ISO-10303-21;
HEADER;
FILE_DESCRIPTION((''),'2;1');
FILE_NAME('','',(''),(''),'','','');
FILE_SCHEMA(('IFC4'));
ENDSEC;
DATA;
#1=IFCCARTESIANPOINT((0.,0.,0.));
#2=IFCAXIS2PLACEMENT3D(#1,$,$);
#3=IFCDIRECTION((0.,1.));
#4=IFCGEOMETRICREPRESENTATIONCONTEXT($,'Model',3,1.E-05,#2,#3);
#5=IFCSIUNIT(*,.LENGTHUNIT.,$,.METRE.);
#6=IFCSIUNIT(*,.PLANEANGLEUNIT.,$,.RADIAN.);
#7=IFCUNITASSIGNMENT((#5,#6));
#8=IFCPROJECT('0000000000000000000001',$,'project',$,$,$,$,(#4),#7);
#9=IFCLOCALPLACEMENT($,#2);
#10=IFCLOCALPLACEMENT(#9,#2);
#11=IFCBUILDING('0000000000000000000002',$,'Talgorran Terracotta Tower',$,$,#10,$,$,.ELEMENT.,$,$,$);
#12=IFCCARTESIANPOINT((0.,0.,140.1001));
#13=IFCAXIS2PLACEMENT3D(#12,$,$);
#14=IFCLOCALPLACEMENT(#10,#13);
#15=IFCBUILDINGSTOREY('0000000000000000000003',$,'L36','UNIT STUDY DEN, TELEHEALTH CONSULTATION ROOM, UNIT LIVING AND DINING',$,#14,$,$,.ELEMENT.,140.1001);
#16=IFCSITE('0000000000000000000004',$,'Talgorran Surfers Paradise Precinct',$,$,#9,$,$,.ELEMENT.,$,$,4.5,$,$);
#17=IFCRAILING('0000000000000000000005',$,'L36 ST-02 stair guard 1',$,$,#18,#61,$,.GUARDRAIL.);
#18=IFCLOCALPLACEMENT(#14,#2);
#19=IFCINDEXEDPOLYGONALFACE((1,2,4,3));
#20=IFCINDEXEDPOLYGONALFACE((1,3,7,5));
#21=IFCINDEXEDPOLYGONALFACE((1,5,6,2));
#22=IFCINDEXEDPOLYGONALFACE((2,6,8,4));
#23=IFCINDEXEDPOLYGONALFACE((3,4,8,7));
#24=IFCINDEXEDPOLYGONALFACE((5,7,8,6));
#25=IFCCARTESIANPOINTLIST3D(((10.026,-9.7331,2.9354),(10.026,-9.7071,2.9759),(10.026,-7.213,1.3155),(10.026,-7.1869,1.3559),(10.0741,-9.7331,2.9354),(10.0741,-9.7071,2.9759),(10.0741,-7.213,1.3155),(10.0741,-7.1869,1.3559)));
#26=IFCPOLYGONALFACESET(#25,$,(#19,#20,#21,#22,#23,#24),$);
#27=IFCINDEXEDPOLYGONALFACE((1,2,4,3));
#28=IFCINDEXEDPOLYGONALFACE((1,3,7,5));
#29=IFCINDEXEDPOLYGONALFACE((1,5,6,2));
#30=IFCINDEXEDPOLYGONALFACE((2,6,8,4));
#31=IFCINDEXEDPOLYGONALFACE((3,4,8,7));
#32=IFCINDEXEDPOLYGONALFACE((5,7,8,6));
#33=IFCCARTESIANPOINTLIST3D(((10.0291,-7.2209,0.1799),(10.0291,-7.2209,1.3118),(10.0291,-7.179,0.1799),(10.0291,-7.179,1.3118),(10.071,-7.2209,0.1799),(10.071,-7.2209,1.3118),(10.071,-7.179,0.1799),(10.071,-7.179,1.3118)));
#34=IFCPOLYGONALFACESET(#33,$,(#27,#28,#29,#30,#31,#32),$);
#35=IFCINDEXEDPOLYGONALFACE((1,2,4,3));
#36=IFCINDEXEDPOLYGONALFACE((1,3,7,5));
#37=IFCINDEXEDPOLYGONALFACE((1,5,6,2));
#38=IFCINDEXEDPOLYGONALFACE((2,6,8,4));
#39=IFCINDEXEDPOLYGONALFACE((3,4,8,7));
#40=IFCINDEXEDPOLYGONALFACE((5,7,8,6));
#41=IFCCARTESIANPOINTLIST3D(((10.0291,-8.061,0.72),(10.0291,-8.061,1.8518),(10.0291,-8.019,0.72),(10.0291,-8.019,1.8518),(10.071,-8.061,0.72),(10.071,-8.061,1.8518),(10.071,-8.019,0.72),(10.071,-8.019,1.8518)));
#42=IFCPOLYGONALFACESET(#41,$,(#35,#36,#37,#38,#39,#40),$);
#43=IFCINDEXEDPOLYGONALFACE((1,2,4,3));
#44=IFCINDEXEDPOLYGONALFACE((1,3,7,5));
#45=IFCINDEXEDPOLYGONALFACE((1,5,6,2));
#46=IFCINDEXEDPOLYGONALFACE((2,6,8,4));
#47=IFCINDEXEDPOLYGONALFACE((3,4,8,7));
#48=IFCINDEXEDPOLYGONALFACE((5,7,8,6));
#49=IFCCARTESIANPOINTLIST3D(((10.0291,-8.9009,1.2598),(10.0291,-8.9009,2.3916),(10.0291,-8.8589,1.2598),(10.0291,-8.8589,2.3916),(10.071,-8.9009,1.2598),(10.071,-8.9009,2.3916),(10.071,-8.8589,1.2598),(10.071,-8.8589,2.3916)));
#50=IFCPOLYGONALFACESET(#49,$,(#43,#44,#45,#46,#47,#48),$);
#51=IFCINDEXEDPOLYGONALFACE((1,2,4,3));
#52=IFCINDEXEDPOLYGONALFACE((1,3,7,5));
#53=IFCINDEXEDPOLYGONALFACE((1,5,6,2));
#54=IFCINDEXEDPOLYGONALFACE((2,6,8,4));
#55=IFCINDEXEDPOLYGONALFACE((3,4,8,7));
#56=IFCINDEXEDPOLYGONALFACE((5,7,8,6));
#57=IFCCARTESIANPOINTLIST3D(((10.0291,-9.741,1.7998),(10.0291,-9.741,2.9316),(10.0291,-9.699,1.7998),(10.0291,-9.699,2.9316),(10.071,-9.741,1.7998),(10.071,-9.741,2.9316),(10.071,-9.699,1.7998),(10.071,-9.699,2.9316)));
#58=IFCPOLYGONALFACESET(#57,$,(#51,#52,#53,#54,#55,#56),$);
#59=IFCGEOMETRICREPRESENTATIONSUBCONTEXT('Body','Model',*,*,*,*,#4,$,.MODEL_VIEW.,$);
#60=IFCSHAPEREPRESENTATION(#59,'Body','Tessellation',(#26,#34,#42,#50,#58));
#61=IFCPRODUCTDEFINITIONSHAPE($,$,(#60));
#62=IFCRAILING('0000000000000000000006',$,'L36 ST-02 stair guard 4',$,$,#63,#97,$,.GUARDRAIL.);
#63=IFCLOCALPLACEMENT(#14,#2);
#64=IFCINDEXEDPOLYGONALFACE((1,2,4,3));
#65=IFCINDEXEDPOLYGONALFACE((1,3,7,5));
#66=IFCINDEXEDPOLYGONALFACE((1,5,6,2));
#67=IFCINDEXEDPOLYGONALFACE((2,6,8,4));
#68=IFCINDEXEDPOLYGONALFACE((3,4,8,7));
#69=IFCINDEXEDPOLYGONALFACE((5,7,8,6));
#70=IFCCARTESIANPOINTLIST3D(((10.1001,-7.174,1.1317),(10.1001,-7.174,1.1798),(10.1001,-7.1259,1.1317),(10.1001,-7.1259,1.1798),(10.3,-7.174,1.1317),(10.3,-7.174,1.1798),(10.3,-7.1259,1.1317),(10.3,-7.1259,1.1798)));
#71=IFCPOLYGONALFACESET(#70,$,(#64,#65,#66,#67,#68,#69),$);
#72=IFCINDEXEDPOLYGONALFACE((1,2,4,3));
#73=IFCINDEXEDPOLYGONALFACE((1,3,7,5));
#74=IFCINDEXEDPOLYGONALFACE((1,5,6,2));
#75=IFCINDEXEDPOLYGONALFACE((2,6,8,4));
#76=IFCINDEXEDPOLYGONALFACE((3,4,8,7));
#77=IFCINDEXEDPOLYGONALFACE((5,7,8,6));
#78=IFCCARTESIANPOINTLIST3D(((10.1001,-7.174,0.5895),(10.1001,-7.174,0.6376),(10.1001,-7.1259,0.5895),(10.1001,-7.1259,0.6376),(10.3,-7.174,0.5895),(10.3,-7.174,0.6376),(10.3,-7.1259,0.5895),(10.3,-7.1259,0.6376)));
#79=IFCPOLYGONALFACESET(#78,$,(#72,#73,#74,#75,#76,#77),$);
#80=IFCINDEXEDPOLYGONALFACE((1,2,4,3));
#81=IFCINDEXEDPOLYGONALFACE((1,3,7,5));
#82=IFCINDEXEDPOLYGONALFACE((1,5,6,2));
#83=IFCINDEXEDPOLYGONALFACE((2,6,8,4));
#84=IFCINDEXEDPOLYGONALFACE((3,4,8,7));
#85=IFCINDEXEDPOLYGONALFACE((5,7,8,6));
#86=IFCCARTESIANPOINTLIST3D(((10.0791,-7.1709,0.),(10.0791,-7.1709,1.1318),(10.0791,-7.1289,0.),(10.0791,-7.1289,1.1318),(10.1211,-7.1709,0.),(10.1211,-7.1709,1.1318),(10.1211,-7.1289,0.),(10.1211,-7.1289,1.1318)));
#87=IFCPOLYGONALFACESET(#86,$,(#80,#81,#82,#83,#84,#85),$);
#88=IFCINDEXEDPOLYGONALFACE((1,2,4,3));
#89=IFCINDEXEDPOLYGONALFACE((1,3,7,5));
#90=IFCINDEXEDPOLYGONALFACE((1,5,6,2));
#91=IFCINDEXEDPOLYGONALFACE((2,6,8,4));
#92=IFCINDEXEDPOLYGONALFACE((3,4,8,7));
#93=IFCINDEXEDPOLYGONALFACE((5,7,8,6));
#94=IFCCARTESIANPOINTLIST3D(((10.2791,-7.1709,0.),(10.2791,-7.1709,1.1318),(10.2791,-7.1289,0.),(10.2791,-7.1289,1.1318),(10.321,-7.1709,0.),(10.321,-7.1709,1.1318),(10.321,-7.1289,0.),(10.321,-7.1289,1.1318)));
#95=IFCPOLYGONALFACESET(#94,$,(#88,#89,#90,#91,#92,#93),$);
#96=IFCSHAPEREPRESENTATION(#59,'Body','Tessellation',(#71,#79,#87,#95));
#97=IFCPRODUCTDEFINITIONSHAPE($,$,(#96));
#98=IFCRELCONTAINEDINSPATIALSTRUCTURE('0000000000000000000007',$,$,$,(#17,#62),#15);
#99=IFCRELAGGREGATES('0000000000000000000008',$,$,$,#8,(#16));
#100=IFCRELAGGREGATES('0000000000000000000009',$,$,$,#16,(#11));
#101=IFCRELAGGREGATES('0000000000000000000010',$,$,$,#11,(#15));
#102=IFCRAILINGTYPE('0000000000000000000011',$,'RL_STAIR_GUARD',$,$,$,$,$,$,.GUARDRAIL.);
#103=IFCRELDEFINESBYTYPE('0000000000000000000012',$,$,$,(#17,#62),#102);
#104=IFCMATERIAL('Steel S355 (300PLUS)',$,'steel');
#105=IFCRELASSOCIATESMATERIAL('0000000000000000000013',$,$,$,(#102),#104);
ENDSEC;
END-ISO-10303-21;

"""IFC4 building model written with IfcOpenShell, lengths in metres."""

from ifc_helpers import new_model, si_unit, direction, frame, origin, origin_2d, place, context, subcontext, project, spatial, rectangle, extrude, material, type_object, element, save


model = new_model("IFC4")

# Units and contexts
model_context = context("Model", 3, precision=1e-05, world=origin(), true_north=direction((0.0, 1.0)))
body_context = subcontext(model_context, "Body", "Model", "MODEL_VIEW")
ifc_project = project(units=[si_unit("LENGTHUNIT", "METRE"), si_unit("PLANEANGLEUNIT", "RADIAN")], contexts=[model_context])

# Site, building, storey
site_placement = place(None, origin())
site = spatial("IfcSite", under=ifc_project, at=site_placement, Name="Talgorran Surfers Paradise Precinct", CompositionType="ELEMENT", RefElevation=4.5)
building_placement = place(site_placement, origin())
building = spatial("IfcBuilding", under=site, at=building_placement, Name="Talgorran Terracotta Tower", CompositionType="ELEMENT")
storey_placement = place(building_placement, frame((0.0, 0.0, 140.1001)))
storey = spatial("IfcBuildingStorey", under=building, at=storey_placement, Name="L36", Description="UNIT STUDY DEN, TELEHEALTH CONSULTATION ROOM, UNIT LIVING AND DINING", CompositionType="ELEMENT", Elevation=140.1001)

# Shared definitions
ifc_material_1 = material(Name="Steel S355 (300PLUS)", Category="steel")

# Railings
railing_type = type_object("IfcRailingType", Name="RL_STAIR_GUARD", PredefinedType="GUARDRAIL", material=ifc_material_1)
railing_1_placement = place(storey_placement, frame((10.05, -7.2, 0.1799)))
element("IfcRailing", 1, at=railing_1_placement, inside=storey, type_object=railing_type, Name="L36 ST-02 stair guard 1", PredefinedType="GUARDRAIL", context=body_context, shape_type="SweptSolid", body=[
    extrude(rectangle(XDim=0.0481, YDim=0.0481, at=origin_2d()), frame((0.0, 0.0, 1.1558), z_axis=(0.0, -0.8412, 0.540725), x_axis=(1.0, 0.0, 0.0)), (0.0, 0.0, 1.0), 2.9958),
    extrude(rectangle(XDim=0.042, YDim=0.042, at=origin_2d()), origin(), (0.0, 0.0, 1.0), 1.1318),
    extrude(rectangle(XDim=0.042, YDim=0.042, at=origin_2d()), frame((0.0, -0.8401, 0.54)), (0.0, 0.0, 1.0), 1.1318),
    extrude(rectangle(XDim=0.042, YDim=0.042, at=origin_2d()), frame((0.0, -1.6799, 1.0798)), (0.0, 0.0, 1.0), 1.1318),
    extrude(rectangle(XDim=0.042, YDim=0.042, at=origin_2d()), frame((0.0, -2.52, 1.6199)), (0.0, 0.0, 1.0), 1.1318),
])
railing_2_placement = place(storey_placement, frame((10.1001, -7.1499, 0.0)))
element("IfcRailing", 2, at=railing_2_placement, inside=storey, type_object=railing_type, Name="L36 ST-02 stair guard 4", PredefinedType="GUARDRAIL", context=body_context, shape_type="SweptSolid", body=[
    extrude(rectangle(XDim=0.0481, YDim=0.0481, at=origin_2d()), frame((0.0, 0.0, 1.1558), z_axis=(1.0, 0.0, 0.0), x_axis=(0.0, 1.0, 0.0)), (0.0, 0.0, 1.0), 0.2),
    extrude(rectangle(XDim=0.0481, YDim=0.0481, at=origin_2d()), frame((0.0, 0.0, 0.6135), z_axis=(1.0, 0.0, 0.0), x_axis=(0.0, 1.0, 0.0)), (0.0, 0.0, 1.0), 0.2),
    extrude(rectangle(XDim=0.042, YDim=0.042, at=origin_2d()), origin(), (0.0, 0.0, 1.0), 1.1318),
    extrude(rectangle(XDim=0.042, YDim=0.042, at=origin_2d()), frame((0.2, 0.0, 0.0)), (0.0, 0.0, 1.0), 1.1318),
])

save(model, "model.ifc")
